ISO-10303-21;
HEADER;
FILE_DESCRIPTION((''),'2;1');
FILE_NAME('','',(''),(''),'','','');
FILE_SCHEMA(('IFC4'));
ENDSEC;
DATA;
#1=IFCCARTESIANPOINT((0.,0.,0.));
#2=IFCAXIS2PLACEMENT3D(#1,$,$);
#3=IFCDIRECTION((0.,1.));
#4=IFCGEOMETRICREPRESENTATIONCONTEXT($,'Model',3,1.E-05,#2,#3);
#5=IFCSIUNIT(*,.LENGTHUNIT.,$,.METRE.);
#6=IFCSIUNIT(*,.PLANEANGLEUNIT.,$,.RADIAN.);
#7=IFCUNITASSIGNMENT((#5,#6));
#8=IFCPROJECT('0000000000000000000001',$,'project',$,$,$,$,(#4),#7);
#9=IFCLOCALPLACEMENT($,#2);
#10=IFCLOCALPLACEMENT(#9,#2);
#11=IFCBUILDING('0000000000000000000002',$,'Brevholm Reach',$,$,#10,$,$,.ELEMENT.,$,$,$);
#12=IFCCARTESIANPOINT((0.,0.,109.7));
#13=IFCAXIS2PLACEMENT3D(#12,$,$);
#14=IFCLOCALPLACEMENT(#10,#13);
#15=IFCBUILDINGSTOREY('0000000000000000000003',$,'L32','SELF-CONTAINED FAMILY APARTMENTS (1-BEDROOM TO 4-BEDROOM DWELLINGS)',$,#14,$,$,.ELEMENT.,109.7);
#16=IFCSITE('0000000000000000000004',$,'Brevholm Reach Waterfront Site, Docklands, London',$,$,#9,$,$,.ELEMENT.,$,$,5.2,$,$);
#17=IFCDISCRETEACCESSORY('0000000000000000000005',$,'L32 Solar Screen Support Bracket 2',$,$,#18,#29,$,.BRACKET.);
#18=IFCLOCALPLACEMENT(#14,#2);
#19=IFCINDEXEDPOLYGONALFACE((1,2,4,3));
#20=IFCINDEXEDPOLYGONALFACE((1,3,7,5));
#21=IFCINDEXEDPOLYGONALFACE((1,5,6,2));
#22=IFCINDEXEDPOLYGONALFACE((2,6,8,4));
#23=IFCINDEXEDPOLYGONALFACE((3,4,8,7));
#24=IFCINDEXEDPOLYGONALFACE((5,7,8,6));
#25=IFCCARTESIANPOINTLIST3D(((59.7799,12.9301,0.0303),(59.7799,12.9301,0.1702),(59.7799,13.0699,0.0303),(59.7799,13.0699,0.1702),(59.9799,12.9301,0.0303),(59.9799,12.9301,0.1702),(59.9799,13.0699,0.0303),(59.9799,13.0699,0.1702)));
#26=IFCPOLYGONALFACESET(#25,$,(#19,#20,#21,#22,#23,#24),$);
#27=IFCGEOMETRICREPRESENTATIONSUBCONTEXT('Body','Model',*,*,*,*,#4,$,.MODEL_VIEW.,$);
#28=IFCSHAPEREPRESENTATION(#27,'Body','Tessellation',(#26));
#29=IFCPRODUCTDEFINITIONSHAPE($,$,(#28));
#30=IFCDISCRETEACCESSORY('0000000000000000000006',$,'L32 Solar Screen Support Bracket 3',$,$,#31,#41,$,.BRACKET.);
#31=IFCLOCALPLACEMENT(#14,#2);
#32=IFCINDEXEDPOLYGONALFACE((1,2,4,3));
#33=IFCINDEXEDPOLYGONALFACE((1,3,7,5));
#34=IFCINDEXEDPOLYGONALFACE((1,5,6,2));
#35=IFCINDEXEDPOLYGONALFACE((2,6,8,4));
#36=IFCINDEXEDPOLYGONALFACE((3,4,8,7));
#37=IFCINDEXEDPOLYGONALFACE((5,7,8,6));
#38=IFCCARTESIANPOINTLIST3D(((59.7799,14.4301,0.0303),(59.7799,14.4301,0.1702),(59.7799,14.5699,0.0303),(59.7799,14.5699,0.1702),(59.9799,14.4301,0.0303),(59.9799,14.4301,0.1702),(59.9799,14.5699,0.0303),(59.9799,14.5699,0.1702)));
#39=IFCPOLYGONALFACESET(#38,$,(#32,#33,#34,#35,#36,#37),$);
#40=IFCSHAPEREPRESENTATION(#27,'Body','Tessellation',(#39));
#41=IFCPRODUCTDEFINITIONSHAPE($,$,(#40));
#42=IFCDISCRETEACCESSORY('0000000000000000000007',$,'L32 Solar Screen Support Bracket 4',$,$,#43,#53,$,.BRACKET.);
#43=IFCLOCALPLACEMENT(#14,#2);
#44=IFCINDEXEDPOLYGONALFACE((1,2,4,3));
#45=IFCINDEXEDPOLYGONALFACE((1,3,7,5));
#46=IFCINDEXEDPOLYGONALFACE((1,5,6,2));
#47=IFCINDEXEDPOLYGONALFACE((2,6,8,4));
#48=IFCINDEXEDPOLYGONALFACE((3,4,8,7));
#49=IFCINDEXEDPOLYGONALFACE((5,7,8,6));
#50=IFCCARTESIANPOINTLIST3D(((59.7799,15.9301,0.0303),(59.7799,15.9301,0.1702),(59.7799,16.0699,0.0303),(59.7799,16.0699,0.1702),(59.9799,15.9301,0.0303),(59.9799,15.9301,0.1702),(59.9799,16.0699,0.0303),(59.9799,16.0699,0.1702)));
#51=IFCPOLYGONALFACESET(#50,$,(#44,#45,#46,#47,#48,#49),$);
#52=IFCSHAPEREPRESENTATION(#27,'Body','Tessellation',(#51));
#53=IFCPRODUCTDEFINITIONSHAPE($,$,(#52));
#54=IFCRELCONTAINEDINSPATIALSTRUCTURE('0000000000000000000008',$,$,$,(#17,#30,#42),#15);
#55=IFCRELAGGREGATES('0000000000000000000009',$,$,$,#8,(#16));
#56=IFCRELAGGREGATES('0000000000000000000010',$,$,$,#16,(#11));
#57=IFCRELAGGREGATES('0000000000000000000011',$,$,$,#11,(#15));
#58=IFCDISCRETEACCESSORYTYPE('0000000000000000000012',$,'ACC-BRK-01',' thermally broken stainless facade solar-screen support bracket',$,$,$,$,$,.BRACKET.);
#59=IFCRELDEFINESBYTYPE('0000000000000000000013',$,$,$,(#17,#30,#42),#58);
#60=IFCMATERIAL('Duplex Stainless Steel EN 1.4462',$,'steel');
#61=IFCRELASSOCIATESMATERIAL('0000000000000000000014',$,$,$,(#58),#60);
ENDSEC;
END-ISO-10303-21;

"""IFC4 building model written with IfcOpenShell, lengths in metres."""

from ifc_helpers import new_model, si_unit, direction, frame, origin, origin_2d, place, context, subcontext, project, spatial, rectangle, extrude, material, type_object, element, save


model = new_model("IFC4")

# Units and contexts
model_context = context("Model", 3, precision=1e-05, world=origin(), true_north=direction((0.0, 1.0)))
body_context = subcontext(model_context, "Body", "Model", "MODEL_VIEW")
ifc_project = project(units=[si_unit("LENGTHUNIT", "METRE"), si_unit("PLANEANGLEUNIT", "RADIAN")], contexts=[model_context])

# Site, building, storey
site_placement = place(None, origin())
site = spatial("IfcSite", under=ifc_project, at=site_placement, Name="Brevholm Reach Waterfront Site, Docklands, London", CompositionType="ELEMENT", RefElevation=5.2)
building_placement = place(site_placement, origin())
building = spatial("IfcBuilding", under=site, at=building_placement, Name="Brevholm Reach", CompositionType="ELEMENT")
storey_placement = place(building_placement, frame((0.0, 0.0, 109.7)))
storey = spatial("IfcBuildingStorey", under=building, at=storey_placement, Name="L32", Description="SELF-CONTAINED FAMILY APARTMENTS (1-BEDROOM TO 4-BEDROOM DWELLINGS)", CompositionType="ELEMENT", Elevation=109.7)

# Discrete accessories
ifc_material_1 = material(Name="Duplex Stainless Steel EN 1.4462", Category="steel")
discrete_accessory_type = type_object("IfcDiscreteAccessoryType", Name="ACC-BRK-01", Description=" thermally broken stainless facade solar-screen support bracket", PredefinedType="BRACKET", material=ifc_material_1)
for number, where, z_axis, x_axis, name in (
    (1, (59.8799, 13.0, 0.0303), (0.0, 0.0, 1.0), (1.0, 0.0, 0.0), "L32 Solar Screen Support Bracket 2"),
    (2, (59.8799, 14.5, 0.0303), (0.0, 0.0, 1.0), (1.0, 0.0, 0.0), "L32 Solar Screen Support Bracket 3"),
    (3, (59.8799, 16.0, 0.0303), (0.0, 0.0, 1.0), (1.0, 0.0, 0.0), "L32 Solar Screen Support Bracket 4"),
):
    element("IfcDiscreteAccessory", number, at=place(storey_placement, frame(where, z_axis=z_axis, x_axis=x_axis)), inside=storey, type_object=discrete_accessory_type, Name=name, PredefinedType="BRACKET", context=body_context, shape_type="SweptSolid", body=[
        extrude(rectangle(XDim=0.2, YDim=0.1399, at=origin_2d()), origin(), (0.0, 0.0, 1.0), 0.1399),
    ])

save(model, "model.ifc")
